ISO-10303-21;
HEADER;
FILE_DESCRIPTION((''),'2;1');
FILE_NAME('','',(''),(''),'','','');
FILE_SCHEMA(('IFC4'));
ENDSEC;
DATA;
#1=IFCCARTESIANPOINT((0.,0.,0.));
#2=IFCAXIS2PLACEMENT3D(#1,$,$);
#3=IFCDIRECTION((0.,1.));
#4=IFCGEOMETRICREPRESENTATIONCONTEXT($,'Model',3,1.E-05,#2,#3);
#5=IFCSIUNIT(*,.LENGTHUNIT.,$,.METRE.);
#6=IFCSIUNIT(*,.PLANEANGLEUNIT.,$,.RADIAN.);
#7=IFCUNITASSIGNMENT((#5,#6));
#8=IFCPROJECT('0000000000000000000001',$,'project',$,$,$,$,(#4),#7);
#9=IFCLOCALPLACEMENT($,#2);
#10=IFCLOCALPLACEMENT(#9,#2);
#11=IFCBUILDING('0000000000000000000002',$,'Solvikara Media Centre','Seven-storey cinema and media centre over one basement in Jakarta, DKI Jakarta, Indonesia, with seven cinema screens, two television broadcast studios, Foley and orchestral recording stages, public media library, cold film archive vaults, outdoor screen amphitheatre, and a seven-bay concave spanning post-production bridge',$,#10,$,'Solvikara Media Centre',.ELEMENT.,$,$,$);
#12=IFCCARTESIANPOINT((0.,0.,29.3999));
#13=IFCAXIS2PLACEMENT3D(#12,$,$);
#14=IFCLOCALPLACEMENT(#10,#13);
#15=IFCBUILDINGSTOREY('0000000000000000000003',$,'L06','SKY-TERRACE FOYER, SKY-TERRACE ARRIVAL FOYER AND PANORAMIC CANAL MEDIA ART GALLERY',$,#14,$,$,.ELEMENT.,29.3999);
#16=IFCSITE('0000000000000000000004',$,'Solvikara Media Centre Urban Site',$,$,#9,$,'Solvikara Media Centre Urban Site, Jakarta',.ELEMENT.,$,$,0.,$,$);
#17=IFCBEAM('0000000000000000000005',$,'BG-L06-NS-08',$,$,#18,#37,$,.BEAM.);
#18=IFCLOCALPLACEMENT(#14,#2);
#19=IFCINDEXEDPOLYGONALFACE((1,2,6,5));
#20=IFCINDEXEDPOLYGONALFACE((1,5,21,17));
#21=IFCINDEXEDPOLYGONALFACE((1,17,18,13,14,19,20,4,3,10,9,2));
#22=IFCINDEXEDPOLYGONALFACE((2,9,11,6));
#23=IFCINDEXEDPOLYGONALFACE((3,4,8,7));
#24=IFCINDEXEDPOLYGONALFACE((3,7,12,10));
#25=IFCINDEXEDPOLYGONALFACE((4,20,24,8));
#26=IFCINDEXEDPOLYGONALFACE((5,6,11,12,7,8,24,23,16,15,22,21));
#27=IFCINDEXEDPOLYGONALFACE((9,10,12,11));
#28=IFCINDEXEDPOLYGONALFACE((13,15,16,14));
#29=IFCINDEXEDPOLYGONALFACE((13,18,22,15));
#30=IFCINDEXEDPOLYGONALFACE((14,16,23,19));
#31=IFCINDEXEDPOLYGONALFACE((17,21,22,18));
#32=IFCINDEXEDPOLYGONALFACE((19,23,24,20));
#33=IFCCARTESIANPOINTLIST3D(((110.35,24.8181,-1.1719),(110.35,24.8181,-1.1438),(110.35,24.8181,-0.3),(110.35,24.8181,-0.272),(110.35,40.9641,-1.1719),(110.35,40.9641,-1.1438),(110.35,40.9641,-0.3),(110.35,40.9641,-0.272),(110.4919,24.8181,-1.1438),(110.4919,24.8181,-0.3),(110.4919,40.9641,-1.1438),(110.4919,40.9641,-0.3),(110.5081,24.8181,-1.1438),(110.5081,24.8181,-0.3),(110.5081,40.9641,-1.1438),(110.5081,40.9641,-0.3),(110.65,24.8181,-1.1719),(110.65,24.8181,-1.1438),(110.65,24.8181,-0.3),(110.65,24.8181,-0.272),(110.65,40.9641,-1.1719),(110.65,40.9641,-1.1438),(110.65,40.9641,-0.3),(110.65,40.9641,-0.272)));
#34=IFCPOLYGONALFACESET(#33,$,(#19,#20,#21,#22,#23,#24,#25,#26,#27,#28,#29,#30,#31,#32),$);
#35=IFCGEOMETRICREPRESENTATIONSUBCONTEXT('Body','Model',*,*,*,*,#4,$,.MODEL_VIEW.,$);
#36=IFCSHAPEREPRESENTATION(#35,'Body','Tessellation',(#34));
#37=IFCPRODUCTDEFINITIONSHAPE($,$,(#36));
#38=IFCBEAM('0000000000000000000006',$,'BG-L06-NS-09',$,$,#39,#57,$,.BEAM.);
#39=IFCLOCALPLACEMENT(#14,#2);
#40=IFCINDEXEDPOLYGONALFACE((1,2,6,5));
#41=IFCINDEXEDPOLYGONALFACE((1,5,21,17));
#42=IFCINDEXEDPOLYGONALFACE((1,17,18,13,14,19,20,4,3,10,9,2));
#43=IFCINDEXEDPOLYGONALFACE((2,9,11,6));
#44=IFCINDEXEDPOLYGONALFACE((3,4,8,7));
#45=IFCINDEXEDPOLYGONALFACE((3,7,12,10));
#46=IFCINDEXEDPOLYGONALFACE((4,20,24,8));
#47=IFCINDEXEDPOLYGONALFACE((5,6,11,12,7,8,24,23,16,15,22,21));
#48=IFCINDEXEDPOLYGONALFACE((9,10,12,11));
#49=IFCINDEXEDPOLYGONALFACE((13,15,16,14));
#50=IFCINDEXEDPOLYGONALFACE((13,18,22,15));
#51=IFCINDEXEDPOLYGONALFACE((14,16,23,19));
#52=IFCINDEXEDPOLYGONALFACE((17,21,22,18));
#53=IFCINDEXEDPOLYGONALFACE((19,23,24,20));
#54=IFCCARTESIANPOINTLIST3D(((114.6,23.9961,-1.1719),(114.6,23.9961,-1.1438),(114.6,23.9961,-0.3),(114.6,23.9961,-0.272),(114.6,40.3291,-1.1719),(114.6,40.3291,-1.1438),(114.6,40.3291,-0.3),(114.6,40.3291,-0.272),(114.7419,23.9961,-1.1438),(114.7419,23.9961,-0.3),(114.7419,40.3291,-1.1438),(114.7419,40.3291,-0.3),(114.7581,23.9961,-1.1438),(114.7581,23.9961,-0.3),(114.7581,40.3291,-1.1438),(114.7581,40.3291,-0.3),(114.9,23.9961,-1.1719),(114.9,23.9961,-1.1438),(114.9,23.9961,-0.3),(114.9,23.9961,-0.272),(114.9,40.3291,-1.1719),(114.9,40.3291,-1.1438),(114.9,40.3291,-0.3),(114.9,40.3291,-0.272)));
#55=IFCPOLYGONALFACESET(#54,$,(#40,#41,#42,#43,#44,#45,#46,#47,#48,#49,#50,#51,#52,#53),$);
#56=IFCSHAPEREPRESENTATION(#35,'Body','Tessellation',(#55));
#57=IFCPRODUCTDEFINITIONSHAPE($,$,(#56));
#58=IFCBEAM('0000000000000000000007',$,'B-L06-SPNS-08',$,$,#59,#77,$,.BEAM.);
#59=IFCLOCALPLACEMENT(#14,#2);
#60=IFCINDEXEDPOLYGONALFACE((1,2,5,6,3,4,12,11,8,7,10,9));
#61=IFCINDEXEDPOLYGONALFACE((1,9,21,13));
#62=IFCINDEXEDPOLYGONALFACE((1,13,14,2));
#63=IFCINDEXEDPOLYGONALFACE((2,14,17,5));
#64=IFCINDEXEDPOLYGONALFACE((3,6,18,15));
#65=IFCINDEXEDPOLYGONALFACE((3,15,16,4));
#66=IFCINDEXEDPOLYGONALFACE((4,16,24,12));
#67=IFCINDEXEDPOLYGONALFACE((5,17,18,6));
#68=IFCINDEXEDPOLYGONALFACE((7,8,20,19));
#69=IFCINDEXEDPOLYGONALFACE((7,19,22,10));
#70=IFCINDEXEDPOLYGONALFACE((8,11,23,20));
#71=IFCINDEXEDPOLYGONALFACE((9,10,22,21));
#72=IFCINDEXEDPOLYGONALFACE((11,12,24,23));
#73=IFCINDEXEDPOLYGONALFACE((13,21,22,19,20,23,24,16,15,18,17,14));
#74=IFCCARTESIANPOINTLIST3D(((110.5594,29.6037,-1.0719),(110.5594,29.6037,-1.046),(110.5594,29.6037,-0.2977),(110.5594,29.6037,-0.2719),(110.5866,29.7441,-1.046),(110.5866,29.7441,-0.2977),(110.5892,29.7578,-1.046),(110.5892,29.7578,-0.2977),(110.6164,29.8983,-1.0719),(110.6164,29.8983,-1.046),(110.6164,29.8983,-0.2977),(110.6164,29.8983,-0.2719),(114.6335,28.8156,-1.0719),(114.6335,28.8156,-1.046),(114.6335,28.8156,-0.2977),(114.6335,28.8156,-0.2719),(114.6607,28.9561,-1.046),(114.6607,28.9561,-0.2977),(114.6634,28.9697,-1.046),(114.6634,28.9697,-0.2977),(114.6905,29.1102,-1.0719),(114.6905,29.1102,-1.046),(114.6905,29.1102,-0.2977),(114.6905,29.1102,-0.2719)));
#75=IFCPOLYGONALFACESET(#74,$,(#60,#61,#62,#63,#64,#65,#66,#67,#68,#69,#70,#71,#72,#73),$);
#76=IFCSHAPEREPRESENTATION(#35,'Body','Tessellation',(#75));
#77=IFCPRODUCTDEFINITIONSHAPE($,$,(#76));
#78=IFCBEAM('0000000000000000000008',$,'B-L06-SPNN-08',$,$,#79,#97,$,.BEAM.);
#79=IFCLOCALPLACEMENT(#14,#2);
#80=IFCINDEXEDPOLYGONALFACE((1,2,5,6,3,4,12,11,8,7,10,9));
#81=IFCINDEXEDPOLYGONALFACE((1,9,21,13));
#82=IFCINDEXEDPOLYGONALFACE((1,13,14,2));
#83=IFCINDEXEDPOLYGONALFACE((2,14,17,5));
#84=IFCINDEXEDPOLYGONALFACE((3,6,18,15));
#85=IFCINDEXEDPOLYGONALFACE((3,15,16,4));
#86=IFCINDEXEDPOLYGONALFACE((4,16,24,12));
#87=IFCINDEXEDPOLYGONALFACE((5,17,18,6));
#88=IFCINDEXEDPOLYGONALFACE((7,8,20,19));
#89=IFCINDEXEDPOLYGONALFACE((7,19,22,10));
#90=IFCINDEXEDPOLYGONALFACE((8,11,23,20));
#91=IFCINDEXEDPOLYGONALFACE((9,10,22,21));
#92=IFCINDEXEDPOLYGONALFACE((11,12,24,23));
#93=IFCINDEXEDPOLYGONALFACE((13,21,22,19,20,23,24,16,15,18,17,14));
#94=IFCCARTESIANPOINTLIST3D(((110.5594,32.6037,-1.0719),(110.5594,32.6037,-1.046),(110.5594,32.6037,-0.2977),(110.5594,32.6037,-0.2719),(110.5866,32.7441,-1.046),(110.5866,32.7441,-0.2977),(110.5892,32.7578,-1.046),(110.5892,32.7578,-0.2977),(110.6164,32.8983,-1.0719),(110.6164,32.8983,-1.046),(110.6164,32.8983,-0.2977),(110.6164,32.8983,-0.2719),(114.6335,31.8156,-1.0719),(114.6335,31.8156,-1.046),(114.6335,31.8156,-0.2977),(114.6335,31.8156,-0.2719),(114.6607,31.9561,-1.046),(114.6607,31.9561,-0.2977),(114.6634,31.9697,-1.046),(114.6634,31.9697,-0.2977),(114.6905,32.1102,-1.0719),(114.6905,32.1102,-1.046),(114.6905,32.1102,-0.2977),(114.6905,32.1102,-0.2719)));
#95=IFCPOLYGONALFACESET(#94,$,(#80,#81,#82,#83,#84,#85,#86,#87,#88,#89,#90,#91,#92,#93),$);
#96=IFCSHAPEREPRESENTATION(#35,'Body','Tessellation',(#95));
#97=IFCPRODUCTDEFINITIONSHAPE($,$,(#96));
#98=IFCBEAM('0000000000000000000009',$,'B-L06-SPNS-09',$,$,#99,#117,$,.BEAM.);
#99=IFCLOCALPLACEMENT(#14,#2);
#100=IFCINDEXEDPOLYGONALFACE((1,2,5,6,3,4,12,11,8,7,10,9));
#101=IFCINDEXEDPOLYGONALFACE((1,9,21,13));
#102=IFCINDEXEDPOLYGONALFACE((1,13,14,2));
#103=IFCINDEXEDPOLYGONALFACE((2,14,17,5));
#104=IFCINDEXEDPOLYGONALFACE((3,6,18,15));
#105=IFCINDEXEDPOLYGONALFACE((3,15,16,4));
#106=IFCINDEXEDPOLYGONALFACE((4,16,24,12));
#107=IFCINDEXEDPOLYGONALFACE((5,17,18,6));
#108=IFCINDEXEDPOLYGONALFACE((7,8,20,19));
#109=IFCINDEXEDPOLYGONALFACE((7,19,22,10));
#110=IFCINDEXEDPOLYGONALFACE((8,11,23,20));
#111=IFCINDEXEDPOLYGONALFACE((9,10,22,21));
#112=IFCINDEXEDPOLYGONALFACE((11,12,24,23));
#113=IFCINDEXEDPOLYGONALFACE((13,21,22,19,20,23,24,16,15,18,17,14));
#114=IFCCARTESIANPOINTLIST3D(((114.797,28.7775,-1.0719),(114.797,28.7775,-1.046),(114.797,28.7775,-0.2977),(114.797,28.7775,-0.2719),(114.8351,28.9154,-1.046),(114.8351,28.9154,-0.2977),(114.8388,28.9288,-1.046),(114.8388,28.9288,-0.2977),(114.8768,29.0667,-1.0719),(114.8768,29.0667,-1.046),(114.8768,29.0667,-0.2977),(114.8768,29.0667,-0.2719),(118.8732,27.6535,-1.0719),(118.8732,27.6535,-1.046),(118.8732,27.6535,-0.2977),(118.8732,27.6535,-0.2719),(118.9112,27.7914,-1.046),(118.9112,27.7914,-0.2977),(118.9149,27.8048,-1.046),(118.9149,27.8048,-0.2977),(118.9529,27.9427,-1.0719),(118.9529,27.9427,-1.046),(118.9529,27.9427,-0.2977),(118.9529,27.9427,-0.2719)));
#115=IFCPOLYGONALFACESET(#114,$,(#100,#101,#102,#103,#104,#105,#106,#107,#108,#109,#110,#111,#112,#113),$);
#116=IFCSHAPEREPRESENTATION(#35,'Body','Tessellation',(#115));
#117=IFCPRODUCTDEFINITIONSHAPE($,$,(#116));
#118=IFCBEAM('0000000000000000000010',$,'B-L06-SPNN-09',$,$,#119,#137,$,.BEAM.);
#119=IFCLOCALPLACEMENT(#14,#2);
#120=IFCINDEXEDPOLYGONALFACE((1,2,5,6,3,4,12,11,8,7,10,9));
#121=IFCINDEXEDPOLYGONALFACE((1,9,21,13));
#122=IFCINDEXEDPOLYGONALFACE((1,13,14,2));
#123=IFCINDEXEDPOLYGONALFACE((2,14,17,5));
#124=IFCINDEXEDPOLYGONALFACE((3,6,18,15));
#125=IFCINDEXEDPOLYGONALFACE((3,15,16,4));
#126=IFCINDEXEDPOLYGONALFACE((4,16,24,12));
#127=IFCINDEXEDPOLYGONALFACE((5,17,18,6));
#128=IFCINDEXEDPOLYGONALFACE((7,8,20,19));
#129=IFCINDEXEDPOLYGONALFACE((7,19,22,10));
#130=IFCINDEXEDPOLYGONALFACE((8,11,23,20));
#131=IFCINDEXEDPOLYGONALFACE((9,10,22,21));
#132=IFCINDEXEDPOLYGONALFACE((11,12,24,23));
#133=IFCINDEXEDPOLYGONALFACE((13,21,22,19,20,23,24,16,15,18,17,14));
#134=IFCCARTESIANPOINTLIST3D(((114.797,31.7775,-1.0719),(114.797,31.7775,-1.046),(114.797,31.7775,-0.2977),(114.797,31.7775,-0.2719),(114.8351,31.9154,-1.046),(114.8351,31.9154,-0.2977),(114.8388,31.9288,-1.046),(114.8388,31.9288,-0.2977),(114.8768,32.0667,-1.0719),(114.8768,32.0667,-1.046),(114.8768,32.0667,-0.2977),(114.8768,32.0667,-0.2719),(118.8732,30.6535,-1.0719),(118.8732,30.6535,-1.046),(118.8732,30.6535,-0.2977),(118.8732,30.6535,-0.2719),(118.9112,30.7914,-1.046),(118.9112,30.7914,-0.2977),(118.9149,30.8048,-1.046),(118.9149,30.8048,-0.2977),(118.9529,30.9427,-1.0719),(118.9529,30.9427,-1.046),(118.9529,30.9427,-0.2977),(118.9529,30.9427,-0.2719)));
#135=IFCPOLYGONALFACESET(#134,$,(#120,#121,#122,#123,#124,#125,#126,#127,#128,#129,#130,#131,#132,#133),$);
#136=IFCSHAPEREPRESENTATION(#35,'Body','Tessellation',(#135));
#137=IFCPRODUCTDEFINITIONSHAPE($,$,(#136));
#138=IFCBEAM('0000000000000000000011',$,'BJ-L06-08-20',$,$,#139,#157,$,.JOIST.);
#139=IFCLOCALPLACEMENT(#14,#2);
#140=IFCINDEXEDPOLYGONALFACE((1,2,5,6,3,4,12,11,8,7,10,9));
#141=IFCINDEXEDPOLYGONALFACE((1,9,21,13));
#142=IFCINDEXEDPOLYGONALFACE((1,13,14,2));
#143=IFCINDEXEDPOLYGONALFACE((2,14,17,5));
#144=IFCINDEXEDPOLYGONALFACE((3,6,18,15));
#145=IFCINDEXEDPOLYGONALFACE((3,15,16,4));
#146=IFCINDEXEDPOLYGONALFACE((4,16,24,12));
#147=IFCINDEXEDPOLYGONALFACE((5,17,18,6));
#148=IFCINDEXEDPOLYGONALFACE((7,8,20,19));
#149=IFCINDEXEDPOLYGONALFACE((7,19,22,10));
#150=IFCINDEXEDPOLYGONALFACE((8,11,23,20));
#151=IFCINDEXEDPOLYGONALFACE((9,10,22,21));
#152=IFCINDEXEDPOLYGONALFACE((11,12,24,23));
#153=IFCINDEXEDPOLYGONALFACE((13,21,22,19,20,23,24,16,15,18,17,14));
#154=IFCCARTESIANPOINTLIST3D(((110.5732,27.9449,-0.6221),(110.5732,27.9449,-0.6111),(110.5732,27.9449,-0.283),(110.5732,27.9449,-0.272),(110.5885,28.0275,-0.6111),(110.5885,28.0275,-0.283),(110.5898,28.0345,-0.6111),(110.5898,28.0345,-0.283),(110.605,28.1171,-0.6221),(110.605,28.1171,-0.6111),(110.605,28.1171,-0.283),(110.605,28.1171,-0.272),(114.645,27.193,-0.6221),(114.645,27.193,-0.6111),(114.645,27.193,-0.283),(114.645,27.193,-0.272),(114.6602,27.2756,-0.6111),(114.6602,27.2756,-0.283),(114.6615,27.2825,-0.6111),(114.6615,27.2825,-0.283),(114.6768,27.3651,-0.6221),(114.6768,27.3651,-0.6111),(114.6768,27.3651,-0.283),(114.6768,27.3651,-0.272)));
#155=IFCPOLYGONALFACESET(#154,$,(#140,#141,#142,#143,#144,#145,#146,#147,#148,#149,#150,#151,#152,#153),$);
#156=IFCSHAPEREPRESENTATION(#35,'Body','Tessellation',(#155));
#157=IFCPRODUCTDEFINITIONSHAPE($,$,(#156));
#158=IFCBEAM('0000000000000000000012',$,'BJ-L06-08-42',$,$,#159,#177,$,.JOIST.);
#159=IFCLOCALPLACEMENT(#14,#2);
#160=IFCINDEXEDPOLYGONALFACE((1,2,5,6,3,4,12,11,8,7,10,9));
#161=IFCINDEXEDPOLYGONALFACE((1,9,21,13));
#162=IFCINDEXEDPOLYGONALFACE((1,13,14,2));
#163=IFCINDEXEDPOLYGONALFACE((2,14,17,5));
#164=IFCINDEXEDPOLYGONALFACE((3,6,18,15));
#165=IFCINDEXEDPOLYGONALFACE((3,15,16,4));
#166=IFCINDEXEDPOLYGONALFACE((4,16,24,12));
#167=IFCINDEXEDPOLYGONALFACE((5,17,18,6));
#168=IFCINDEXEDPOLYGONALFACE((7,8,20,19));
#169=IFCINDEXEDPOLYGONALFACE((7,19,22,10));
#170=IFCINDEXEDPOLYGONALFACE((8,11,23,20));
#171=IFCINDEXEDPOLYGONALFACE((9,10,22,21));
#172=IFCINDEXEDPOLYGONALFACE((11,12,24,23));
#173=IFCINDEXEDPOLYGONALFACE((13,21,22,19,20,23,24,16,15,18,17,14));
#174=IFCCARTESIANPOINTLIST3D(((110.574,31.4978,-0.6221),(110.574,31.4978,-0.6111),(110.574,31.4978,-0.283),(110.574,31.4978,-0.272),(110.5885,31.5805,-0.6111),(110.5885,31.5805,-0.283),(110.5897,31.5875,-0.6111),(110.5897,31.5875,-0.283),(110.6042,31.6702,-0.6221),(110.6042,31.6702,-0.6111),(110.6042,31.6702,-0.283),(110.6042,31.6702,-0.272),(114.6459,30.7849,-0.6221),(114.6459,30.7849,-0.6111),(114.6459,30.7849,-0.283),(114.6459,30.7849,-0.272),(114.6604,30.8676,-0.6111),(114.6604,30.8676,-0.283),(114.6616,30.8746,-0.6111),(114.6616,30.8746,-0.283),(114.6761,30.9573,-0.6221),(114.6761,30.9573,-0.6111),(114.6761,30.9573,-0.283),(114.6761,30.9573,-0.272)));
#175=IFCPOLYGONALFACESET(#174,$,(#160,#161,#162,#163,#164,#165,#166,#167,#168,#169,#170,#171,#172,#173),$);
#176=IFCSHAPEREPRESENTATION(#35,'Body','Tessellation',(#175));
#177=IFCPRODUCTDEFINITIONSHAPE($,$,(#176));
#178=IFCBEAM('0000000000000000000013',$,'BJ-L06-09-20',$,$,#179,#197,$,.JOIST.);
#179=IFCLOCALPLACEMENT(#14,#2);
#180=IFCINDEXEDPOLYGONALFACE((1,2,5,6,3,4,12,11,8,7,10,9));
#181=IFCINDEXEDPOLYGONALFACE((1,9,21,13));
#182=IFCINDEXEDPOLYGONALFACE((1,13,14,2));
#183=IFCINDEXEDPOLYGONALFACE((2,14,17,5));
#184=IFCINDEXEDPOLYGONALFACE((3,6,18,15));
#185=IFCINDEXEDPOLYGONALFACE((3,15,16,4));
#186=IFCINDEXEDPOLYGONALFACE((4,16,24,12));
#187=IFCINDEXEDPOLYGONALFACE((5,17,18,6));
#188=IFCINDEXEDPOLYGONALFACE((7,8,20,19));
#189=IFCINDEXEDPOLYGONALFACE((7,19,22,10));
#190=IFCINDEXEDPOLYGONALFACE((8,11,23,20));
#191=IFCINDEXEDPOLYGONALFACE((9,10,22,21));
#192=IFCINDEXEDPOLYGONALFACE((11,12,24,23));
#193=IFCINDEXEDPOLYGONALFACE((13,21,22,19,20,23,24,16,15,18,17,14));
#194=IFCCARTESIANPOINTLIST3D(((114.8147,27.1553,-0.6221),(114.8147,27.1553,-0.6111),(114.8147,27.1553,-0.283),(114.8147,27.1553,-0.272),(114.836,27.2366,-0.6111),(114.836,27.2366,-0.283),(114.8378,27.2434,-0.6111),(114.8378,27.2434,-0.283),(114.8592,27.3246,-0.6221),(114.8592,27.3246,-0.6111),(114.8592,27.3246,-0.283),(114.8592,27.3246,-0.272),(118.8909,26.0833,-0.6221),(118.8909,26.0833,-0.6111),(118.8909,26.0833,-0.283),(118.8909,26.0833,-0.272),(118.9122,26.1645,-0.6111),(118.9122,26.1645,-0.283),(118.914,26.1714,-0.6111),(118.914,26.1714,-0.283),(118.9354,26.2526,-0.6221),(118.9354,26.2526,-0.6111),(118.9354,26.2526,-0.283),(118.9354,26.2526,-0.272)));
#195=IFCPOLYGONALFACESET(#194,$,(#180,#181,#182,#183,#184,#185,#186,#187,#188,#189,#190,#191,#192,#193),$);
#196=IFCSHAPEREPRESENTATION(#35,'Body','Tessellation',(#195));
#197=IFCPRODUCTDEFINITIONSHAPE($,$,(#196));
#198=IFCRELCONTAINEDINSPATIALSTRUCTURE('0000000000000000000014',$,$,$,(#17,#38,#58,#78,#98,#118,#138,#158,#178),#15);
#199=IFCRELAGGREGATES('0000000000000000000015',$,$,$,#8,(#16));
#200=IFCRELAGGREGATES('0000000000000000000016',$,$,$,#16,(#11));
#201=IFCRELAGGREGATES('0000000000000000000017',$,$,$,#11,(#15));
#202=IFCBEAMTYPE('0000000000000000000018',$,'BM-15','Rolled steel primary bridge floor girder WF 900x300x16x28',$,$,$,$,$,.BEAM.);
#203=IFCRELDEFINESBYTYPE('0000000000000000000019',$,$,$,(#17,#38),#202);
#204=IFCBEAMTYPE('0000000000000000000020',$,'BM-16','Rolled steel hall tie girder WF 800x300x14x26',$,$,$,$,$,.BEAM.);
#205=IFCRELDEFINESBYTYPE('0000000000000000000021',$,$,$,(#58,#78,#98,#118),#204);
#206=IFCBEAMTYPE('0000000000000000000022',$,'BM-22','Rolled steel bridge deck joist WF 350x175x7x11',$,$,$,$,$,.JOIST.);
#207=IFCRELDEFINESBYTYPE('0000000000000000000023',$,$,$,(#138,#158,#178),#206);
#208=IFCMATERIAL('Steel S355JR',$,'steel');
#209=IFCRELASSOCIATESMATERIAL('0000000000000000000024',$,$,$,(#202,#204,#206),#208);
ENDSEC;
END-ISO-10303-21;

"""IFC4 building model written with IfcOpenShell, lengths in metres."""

from ifc_helpers import new_model, si_unit, direction, frame, origin, origin_2d, place, context, subcontext, project, spatial, i_section, extrude, material, material_profile, profile_set, type_object, element, save


model = new_model("IFC4")

# Units and contexts
model_context = context("Model", 3, precision=1e-05, world=origin(), true_north=direction((0.0, 1.0)))
body_context = subcontext(model_context, "Body", "Model", "MODEL_VIEW")
ifc_project = project(units=[si_unit("LENGTHUNIT", "METRE"), si_unit("PLANEANGLEUNIT", "RADIAN")], contexts=[model_context])

# Site, building, storey
site_placement = place(None, origin())
site = spatial("IfcSite", under=ifc_project, at=site_placement, Name="Solvikara Media Centre Urban Site", LongName="Solvikara Media Centre Urban Site, Jakarta", CompositionType="ELEMENT", RefElevation=0.0)
building_placement = place(site_placement, origin())
building = spatial("IfcBuilding", under=site, at=building_placement, Name="Solvikara Media Centre", Description="Seven-storey cinema and media centre over one basement in Jakarta, DKI Jakarta, Indonesia, with seven cinema screens, two television broadcast studios, Foley and orchestral recording stages, public media library, cold film archive vaults, outdoor screen amphitheatre, and a seven-bay concave spanning post-production bridge", LongName="Solvikara Media Centre", CompositionType="ELEMENT")
storey_placement = place(building_placement, frame((0.0, 0.0, 29.3999)))
storey = spatial("IfcBuildingStorey", under=building, at=storey_placement, Name="L06", Description="SKY-TERRACE FOYER, SKY-TERRACE ARRIVAL FOYER AND PANORAMIC CANAL MEDIA ART GALLERY", CompositionType="ELEMENT", Elevation=29.3999)

# Beams
ifc_material_1 = material(Name="Steel S355JR", Category="steel")
ifc_material_profile_1 = material_profile(ifc_material_1, i_section(OverallWidth=0.3, OverallDepth=0.8999, WebThickness=0.0161, FlangeThickness=0.0281, at=origin_2d()), Name="WF 900x300x16x28")
ifc_profile_set_1 = profile_set([ifc_material_profile_1], Name="Steel S355JR")
beam_type_1 = type_object("IfcBeamType", Name="BM-15", Description="Rolled steel primary bridge floor girder WF 900x300x16x28", PredefinedType="BEAM", material=ifc_profile_set_1)
beam_1_placement = place(storey_placement, frame((110.5, 24.8181, -0.7219), z_axis=(0.0, 1.0, 0.0), x_axis=(-1.0, 0.0, 0.0)))
element("IfcBeam", 1, at=beam_1_placement, inside=storey, type_object=beam_type_1, Name="BG-L06-NS-08", PredefinedType="BEAM", context=body_context, shape_type="SweptSolid", body=[
    extrude(i_section(OverallWidth=0.3, OverallDepth=0.8999, WebThickness=0.0161, FlangeThickness=0.0281, at=origin_2d()), origin(), (0.0, 0.0, 1.0), 16.146),
])
beam_2_placement = place(storey_placement, frame((114.75, 23.9961, -0.7219), z_axis=(0.0, 1.0, 0.0), x_axis=(-1.0, 0.0, 0.0)))
element("IfcBeam", 2, at=beam_2_placement, inside=storey, type_object=beam_type_1, Name="BG-L06-NS-09", PredefinedType="BEAM", context=body_context, shape_type="SweptSolid", body=[
    extrude(i_section(OverallWidth=0.3, OverallDepth=0.8999, WebThickness=0.0161, FlangeThickness=0.0281, at=origin_2d()), origin(), (0.0, 0.0, 1.0), 16.333),
])
ifc_material_profile_2 = material_profile(ifc_material_1, i_section(OverallWidth=0.3, OverallDepth=0.8, WebThickness=0.0139, FlangeThickness=0.0259, at=origin_2d()), Name="WF 800x300x14x26")
ifc_profile_set_2 = profile_set([ifc_material_profile_2], Name="Steel S355JR")
beam_type_2 = type_object("IfcBeamType", Name="BM-16", Description="Rolled steel hall tie girder WF 800x300x14x26", PredefinedType="BEAM", material=ifc_profile_set_2)
for number, where, z_axis, x_axis, name in (
    (3, (110.5879, 29.751, -0.6719), (0.981801, -0.189912, 0.0), (0.189912, 0.981801, 0.0), "B-L06-SPNS-08"),
    (4, (110.5879, 32.751, -0.6719), (0.981801, -0.189912, 0.0), (0.189912, 0.981801, 0.0), "B-L06-SPNN-08"),
):
    element("IfcBeam", number, at=place(storey_placement, frame(where, z_axis=z_axis, x_axis=x_axis)), inside=storey, type_object=beam_type_2, Name=name, PredefinedType="BEAM", context=body_context, shape_type="SweptSolid", body=[
        extrude(i_section(OverallWidth=0.3, OverallDepth=0.8, WebThickness=0.0139, FlangeThickness=0.0259, at=origin_2d()), origin(), (0.0, 0.0, 1.0), 4.1497),
    ])
for number, where, z_axis, x_axis, name in (
    (5, (114.8369, 28.9221, -0.6719), (0.964019, -0.265833, 0.0), (0.265833, 0.964019, 0.0), "B-L06-SPNS-09"),
    (6, (114.8369, 31.9221, -0.6719), (0.964019, -0.265833, 0.0), (0.265833, 0.964019, 0.0), "B-L06-SPNN-09"),
):
    element("IfcBeam", number, at=place(storey_placement, frame(where, z_axis=z_axis, x_axis=x_axis)), inside=storey, type_object=beam_type_2, Name=name, PredefinedType="BEAM", context=body_context, shape_type="SweptSolid", body=[
        extrude(i_section(OverallWidth=0.3, OverallDepth=0.8, WebThickness=0.0139, FlangeThickness=0.0259, at=origin_2d()), origin(), (0.0, 0.0, 1.0), 4.2283),
    ])
ifc_material_profile_3 = material_profile(ifc_material_1, i_section(OverallWidth=0.175, OverallDepth=0.3501, WebThickness=0.0071, FlangeThickness=0.011, at=origin_2d()), Name="WF 350x175x7x11")
ifc_profile_set_3 = profile_set([ifc_material_profile_3], Name="Steel S355JR")
beam_type_3 = type_object("IfcBeamType", Name="BM-22", Description="Rolled steel bridge deck joist WF 350x175x7x11", PredefinedType="JOIST", material=ifc_profile_set_3)
beam_3_placement = place(storey_placement, frame((110.5891, 28.031, -0.447), z_axis=(0.983372, -0.181604, 0.0), x_axis=(0.181604, 0.983372, 0.0)))
element("IfcBeam", 7, at=beam_3_placement, inside=storey, type_object=beam_type_3, Name="BJ-L06-08-20", PredefinedType="JOIST", context=body_context, shape_type="SweptSolid", body=[
    extrude(i_section(OverallWidth=0.175, OverallDepth=0.3501, WebThickness=0.0071, FlangeThickness=0.011, at=origin_2d()), origin(), (0.0, 0.0, 1.0), 4.1406),
])
beam_4_placement = place(storey_placement, frame((110.5891, 31.584, -0.447), z_axis=(0.985017, -0.172458, 0.0), x_axis=(0.172458, 0.985017, 0.0)))
element("IfcBeam", 8, at=beam_4_placement, inside=storey, type_object=beam_type_3, Name="BJ-L06-08-42", PredefinedType="JOIST", context=body_context, shape_type="SweptSolid", body=[
    extrude(i_section(OverallWidth=0.175, OverallDepth=0.3501, WebThickness=0.0071, FlangeThickness=0.011, at=origin_2d()), origin(), (0.0, 0.0, 1.0), 4.1338),
])
beam_5_placement = place(storey_placement, frame((114.8369, 27.24, -0.447), z_axis=(0.967113, -0.254348, 0.0), x_axis=(0.254348, 0.967113, 0.0)))
element("IfcBeam", 9, at=beam_5_placement, inside=storey, type_object=beam_type_3, Name="BJ-L06-09-20", PredefinedType="JOIST", context=body_context, shape_type="SweptSolid", body=[
    extrude(i_section(OverallWidth=0.175, OverallDepth=0.3501, WebThickness=0.0071, FlangeThickness=0.011, at=origin_2d()), origin(), (0.0, 0.0, 1.0), 4.2148),
])

save(model, "model.ifc")
